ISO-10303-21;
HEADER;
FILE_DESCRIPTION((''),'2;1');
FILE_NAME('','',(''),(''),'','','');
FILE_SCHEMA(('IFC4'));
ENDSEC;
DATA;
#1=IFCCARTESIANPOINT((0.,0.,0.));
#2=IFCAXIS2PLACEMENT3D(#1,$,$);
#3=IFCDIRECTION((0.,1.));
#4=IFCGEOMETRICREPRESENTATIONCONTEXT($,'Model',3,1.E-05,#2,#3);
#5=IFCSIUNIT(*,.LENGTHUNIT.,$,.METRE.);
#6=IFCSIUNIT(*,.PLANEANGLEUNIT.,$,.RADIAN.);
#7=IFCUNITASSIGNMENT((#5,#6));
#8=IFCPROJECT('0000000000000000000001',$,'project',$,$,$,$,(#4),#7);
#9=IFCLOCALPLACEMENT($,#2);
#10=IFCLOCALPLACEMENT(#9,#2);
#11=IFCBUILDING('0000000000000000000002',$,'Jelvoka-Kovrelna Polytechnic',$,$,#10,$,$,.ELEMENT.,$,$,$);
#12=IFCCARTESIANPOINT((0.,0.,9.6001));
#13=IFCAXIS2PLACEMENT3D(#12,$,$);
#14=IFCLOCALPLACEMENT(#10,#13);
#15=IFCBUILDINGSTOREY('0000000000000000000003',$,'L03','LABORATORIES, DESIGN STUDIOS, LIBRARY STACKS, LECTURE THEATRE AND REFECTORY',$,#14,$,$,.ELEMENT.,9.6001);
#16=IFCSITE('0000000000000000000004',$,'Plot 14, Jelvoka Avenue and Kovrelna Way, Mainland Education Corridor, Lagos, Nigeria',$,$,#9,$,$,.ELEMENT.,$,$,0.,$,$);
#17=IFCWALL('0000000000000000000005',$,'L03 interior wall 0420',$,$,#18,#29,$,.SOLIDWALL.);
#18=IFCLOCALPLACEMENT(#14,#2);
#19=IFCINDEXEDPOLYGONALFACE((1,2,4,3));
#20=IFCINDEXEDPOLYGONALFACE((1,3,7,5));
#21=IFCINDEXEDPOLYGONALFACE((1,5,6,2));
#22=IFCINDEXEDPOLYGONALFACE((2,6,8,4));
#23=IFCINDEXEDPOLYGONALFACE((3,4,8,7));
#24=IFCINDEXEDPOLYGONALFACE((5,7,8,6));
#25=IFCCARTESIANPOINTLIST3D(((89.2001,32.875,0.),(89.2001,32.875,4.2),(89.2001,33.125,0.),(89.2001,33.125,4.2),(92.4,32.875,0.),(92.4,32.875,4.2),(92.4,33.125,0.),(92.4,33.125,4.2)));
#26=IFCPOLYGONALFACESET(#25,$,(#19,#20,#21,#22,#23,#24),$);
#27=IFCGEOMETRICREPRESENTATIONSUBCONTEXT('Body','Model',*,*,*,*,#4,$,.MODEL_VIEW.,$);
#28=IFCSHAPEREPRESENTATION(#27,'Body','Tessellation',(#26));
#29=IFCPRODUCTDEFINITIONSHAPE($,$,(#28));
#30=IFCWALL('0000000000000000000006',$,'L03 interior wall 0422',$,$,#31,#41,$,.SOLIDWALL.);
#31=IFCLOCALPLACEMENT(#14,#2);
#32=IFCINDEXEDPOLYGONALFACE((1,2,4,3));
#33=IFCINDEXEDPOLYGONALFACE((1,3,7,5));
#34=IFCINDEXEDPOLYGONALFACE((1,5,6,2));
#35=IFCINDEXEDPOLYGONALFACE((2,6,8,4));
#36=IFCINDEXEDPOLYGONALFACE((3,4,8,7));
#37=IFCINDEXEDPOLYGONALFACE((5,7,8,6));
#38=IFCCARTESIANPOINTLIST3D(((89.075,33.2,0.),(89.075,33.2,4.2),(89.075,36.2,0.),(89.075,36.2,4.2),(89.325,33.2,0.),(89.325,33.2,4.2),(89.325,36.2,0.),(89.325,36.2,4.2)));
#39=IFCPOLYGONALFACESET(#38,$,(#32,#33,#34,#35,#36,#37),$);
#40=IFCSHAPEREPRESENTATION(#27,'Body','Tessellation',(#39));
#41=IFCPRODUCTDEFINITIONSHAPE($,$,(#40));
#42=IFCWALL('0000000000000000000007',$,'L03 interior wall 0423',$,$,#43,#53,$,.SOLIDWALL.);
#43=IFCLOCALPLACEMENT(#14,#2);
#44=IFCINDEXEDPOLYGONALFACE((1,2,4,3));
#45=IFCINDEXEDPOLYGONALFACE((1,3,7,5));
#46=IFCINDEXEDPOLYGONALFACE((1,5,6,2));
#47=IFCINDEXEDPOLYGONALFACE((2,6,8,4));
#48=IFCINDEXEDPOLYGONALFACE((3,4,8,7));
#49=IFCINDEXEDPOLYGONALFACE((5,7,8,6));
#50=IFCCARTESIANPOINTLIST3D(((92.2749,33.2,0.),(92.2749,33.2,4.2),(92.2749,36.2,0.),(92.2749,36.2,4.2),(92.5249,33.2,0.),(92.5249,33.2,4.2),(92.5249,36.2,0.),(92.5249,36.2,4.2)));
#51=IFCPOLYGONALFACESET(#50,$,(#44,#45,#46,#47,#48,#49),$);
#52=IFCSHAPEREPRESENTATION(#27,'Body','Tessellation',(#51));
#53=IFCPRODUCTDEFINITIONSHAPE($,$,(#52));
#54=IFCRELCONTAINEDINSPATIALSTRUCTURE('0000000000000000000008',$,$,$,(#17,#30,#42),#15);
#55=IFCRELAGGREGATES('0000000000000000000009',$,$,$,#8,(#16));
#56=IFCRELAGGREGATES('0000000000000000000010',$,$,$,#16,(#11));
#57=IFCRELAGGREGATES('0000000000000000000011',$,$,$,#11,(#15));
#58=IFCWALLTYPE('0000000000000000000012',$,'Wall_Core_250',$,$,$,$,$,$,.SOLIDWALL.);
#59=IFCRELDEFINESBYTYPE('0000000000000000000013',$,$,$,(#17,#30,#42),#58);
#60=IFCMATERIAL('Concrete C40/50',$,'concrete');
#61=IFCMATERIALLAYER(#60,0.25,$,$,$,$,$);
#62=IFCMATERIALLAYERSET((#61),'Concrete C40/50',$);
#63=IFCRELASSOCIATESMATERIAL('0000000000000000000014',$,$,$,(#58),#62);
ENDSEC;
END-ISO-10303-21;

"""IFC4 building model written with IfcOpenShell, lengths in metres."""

from ifc_helpers import new_model, si_unit, direction, frame, frame_2d, origin, place, context, subcontext, project, spatial, rectangle, extrude, material, layer, layer_set, type_object, element, save


model = new_model("IFC4")

# Units and contexts
model_context = context("Model", 3, precision=1e-05, world=origin(), true_north=direction((0.0, 1.0)))
body_context = subcontext(model_context, "Body", "Model", "MODEL_VIEW")
ifc_project = project(units=[si_unit("LENGTHUNIT", "METRE"), si_unit("PLANEANGLEUNIT", "RADIAN")], contexts=[model_context])

# Site, building, storey
site_placement = place(None, origin())
site = spatial("IfcSite", under=ifc_project, at=site_placement, Name="Plot 14, Jelvoka Avenue and Kovrelna Way, Mainland Education Corridor, Lagos, Nigeria", CompositionType="ELEMENT", RefElevation=0.0)
building_placement = place(site_placement, origin())
building = spatial("IfcBuilding", under=site, at=building_placement, Name="Jelvoka-Kovrelna Polytechnic", CompositionType="ELEMENT")
storey_placement = place(building_placement, frame((0.0, 0.0, 9.6001)))
storey = spatial("IfcBuildingStorey", under=building, at=storey_placement, Name="L03", Description="LABORATORIES, DESIGN STUDIOS, LIBRARY STACKS, LECTURE THEATRE AND REFECTORY", CompositionType="ELEMENT", Elevation=9.6001)

# Walls
ifc_material_1 = material(Name="Concrete C40/50", Category="concrete")
ifc_layer_1 = layer(ifc_material_1, 0.25)
ifc_layer_set_1 = layer_set([ifc_layer_1], Name="Concrete C40/50")
wall_type = type_object("IfcWallType", Name="Wall_Core_250", PredefinedType="SOLIDWALL", material=ifc_layer_set_1)
wall_placement = place(storey_placement, frame((89.2, 33.0, 0.0), z_axis=(0.0, 0.0, 1.0), x_axis=(1.0, 0.0, 0.0)))
element("IfcWall", 1, at=wall_placement, inside=storey, type_object=wall_type, Name="L03 interior wall 0420", PredefinedType="SOLIDWALL", context=body_context, shape_type="SweptSolid", body=[
    extrude(rectangle(XDim=3.2, YDim=0.25, at=frame_2d((1.6001, 0.0))), origin(), (0.0, 0.0, 1.0), 4.2),
])
for number, where, z_axis, x_axis, name in (
    (2, (89.2, 33.2, 0.0), (0.0, 0.0, 1.0), (0.0, 1.0, 0.0), "L03 interior wall 0422"),
    (3, (92.3999, 33.2, 0.0), (0.0, 0.0, 1.0), (0.0, 1.0, 0.0), "L03 interior wall 0423"),
):
    element("IfcWall", number, at=place(storey_placement, frame(where, z_axis=z_axis, x_axis=x_axis)), inside=storey, type_object=wall_type, Name=name, PredefinedType="SOLIDWALL", context=body_context, shape_type="SweptSolid", body=[
        extrude(rectangle(XDim=3.0, YDim=0.25, at=frame_2d((1.5, 0.0))), origin(), (0.0, 0.0, 1.0), 4.2),
    ])

save(model, "model.ifc")
